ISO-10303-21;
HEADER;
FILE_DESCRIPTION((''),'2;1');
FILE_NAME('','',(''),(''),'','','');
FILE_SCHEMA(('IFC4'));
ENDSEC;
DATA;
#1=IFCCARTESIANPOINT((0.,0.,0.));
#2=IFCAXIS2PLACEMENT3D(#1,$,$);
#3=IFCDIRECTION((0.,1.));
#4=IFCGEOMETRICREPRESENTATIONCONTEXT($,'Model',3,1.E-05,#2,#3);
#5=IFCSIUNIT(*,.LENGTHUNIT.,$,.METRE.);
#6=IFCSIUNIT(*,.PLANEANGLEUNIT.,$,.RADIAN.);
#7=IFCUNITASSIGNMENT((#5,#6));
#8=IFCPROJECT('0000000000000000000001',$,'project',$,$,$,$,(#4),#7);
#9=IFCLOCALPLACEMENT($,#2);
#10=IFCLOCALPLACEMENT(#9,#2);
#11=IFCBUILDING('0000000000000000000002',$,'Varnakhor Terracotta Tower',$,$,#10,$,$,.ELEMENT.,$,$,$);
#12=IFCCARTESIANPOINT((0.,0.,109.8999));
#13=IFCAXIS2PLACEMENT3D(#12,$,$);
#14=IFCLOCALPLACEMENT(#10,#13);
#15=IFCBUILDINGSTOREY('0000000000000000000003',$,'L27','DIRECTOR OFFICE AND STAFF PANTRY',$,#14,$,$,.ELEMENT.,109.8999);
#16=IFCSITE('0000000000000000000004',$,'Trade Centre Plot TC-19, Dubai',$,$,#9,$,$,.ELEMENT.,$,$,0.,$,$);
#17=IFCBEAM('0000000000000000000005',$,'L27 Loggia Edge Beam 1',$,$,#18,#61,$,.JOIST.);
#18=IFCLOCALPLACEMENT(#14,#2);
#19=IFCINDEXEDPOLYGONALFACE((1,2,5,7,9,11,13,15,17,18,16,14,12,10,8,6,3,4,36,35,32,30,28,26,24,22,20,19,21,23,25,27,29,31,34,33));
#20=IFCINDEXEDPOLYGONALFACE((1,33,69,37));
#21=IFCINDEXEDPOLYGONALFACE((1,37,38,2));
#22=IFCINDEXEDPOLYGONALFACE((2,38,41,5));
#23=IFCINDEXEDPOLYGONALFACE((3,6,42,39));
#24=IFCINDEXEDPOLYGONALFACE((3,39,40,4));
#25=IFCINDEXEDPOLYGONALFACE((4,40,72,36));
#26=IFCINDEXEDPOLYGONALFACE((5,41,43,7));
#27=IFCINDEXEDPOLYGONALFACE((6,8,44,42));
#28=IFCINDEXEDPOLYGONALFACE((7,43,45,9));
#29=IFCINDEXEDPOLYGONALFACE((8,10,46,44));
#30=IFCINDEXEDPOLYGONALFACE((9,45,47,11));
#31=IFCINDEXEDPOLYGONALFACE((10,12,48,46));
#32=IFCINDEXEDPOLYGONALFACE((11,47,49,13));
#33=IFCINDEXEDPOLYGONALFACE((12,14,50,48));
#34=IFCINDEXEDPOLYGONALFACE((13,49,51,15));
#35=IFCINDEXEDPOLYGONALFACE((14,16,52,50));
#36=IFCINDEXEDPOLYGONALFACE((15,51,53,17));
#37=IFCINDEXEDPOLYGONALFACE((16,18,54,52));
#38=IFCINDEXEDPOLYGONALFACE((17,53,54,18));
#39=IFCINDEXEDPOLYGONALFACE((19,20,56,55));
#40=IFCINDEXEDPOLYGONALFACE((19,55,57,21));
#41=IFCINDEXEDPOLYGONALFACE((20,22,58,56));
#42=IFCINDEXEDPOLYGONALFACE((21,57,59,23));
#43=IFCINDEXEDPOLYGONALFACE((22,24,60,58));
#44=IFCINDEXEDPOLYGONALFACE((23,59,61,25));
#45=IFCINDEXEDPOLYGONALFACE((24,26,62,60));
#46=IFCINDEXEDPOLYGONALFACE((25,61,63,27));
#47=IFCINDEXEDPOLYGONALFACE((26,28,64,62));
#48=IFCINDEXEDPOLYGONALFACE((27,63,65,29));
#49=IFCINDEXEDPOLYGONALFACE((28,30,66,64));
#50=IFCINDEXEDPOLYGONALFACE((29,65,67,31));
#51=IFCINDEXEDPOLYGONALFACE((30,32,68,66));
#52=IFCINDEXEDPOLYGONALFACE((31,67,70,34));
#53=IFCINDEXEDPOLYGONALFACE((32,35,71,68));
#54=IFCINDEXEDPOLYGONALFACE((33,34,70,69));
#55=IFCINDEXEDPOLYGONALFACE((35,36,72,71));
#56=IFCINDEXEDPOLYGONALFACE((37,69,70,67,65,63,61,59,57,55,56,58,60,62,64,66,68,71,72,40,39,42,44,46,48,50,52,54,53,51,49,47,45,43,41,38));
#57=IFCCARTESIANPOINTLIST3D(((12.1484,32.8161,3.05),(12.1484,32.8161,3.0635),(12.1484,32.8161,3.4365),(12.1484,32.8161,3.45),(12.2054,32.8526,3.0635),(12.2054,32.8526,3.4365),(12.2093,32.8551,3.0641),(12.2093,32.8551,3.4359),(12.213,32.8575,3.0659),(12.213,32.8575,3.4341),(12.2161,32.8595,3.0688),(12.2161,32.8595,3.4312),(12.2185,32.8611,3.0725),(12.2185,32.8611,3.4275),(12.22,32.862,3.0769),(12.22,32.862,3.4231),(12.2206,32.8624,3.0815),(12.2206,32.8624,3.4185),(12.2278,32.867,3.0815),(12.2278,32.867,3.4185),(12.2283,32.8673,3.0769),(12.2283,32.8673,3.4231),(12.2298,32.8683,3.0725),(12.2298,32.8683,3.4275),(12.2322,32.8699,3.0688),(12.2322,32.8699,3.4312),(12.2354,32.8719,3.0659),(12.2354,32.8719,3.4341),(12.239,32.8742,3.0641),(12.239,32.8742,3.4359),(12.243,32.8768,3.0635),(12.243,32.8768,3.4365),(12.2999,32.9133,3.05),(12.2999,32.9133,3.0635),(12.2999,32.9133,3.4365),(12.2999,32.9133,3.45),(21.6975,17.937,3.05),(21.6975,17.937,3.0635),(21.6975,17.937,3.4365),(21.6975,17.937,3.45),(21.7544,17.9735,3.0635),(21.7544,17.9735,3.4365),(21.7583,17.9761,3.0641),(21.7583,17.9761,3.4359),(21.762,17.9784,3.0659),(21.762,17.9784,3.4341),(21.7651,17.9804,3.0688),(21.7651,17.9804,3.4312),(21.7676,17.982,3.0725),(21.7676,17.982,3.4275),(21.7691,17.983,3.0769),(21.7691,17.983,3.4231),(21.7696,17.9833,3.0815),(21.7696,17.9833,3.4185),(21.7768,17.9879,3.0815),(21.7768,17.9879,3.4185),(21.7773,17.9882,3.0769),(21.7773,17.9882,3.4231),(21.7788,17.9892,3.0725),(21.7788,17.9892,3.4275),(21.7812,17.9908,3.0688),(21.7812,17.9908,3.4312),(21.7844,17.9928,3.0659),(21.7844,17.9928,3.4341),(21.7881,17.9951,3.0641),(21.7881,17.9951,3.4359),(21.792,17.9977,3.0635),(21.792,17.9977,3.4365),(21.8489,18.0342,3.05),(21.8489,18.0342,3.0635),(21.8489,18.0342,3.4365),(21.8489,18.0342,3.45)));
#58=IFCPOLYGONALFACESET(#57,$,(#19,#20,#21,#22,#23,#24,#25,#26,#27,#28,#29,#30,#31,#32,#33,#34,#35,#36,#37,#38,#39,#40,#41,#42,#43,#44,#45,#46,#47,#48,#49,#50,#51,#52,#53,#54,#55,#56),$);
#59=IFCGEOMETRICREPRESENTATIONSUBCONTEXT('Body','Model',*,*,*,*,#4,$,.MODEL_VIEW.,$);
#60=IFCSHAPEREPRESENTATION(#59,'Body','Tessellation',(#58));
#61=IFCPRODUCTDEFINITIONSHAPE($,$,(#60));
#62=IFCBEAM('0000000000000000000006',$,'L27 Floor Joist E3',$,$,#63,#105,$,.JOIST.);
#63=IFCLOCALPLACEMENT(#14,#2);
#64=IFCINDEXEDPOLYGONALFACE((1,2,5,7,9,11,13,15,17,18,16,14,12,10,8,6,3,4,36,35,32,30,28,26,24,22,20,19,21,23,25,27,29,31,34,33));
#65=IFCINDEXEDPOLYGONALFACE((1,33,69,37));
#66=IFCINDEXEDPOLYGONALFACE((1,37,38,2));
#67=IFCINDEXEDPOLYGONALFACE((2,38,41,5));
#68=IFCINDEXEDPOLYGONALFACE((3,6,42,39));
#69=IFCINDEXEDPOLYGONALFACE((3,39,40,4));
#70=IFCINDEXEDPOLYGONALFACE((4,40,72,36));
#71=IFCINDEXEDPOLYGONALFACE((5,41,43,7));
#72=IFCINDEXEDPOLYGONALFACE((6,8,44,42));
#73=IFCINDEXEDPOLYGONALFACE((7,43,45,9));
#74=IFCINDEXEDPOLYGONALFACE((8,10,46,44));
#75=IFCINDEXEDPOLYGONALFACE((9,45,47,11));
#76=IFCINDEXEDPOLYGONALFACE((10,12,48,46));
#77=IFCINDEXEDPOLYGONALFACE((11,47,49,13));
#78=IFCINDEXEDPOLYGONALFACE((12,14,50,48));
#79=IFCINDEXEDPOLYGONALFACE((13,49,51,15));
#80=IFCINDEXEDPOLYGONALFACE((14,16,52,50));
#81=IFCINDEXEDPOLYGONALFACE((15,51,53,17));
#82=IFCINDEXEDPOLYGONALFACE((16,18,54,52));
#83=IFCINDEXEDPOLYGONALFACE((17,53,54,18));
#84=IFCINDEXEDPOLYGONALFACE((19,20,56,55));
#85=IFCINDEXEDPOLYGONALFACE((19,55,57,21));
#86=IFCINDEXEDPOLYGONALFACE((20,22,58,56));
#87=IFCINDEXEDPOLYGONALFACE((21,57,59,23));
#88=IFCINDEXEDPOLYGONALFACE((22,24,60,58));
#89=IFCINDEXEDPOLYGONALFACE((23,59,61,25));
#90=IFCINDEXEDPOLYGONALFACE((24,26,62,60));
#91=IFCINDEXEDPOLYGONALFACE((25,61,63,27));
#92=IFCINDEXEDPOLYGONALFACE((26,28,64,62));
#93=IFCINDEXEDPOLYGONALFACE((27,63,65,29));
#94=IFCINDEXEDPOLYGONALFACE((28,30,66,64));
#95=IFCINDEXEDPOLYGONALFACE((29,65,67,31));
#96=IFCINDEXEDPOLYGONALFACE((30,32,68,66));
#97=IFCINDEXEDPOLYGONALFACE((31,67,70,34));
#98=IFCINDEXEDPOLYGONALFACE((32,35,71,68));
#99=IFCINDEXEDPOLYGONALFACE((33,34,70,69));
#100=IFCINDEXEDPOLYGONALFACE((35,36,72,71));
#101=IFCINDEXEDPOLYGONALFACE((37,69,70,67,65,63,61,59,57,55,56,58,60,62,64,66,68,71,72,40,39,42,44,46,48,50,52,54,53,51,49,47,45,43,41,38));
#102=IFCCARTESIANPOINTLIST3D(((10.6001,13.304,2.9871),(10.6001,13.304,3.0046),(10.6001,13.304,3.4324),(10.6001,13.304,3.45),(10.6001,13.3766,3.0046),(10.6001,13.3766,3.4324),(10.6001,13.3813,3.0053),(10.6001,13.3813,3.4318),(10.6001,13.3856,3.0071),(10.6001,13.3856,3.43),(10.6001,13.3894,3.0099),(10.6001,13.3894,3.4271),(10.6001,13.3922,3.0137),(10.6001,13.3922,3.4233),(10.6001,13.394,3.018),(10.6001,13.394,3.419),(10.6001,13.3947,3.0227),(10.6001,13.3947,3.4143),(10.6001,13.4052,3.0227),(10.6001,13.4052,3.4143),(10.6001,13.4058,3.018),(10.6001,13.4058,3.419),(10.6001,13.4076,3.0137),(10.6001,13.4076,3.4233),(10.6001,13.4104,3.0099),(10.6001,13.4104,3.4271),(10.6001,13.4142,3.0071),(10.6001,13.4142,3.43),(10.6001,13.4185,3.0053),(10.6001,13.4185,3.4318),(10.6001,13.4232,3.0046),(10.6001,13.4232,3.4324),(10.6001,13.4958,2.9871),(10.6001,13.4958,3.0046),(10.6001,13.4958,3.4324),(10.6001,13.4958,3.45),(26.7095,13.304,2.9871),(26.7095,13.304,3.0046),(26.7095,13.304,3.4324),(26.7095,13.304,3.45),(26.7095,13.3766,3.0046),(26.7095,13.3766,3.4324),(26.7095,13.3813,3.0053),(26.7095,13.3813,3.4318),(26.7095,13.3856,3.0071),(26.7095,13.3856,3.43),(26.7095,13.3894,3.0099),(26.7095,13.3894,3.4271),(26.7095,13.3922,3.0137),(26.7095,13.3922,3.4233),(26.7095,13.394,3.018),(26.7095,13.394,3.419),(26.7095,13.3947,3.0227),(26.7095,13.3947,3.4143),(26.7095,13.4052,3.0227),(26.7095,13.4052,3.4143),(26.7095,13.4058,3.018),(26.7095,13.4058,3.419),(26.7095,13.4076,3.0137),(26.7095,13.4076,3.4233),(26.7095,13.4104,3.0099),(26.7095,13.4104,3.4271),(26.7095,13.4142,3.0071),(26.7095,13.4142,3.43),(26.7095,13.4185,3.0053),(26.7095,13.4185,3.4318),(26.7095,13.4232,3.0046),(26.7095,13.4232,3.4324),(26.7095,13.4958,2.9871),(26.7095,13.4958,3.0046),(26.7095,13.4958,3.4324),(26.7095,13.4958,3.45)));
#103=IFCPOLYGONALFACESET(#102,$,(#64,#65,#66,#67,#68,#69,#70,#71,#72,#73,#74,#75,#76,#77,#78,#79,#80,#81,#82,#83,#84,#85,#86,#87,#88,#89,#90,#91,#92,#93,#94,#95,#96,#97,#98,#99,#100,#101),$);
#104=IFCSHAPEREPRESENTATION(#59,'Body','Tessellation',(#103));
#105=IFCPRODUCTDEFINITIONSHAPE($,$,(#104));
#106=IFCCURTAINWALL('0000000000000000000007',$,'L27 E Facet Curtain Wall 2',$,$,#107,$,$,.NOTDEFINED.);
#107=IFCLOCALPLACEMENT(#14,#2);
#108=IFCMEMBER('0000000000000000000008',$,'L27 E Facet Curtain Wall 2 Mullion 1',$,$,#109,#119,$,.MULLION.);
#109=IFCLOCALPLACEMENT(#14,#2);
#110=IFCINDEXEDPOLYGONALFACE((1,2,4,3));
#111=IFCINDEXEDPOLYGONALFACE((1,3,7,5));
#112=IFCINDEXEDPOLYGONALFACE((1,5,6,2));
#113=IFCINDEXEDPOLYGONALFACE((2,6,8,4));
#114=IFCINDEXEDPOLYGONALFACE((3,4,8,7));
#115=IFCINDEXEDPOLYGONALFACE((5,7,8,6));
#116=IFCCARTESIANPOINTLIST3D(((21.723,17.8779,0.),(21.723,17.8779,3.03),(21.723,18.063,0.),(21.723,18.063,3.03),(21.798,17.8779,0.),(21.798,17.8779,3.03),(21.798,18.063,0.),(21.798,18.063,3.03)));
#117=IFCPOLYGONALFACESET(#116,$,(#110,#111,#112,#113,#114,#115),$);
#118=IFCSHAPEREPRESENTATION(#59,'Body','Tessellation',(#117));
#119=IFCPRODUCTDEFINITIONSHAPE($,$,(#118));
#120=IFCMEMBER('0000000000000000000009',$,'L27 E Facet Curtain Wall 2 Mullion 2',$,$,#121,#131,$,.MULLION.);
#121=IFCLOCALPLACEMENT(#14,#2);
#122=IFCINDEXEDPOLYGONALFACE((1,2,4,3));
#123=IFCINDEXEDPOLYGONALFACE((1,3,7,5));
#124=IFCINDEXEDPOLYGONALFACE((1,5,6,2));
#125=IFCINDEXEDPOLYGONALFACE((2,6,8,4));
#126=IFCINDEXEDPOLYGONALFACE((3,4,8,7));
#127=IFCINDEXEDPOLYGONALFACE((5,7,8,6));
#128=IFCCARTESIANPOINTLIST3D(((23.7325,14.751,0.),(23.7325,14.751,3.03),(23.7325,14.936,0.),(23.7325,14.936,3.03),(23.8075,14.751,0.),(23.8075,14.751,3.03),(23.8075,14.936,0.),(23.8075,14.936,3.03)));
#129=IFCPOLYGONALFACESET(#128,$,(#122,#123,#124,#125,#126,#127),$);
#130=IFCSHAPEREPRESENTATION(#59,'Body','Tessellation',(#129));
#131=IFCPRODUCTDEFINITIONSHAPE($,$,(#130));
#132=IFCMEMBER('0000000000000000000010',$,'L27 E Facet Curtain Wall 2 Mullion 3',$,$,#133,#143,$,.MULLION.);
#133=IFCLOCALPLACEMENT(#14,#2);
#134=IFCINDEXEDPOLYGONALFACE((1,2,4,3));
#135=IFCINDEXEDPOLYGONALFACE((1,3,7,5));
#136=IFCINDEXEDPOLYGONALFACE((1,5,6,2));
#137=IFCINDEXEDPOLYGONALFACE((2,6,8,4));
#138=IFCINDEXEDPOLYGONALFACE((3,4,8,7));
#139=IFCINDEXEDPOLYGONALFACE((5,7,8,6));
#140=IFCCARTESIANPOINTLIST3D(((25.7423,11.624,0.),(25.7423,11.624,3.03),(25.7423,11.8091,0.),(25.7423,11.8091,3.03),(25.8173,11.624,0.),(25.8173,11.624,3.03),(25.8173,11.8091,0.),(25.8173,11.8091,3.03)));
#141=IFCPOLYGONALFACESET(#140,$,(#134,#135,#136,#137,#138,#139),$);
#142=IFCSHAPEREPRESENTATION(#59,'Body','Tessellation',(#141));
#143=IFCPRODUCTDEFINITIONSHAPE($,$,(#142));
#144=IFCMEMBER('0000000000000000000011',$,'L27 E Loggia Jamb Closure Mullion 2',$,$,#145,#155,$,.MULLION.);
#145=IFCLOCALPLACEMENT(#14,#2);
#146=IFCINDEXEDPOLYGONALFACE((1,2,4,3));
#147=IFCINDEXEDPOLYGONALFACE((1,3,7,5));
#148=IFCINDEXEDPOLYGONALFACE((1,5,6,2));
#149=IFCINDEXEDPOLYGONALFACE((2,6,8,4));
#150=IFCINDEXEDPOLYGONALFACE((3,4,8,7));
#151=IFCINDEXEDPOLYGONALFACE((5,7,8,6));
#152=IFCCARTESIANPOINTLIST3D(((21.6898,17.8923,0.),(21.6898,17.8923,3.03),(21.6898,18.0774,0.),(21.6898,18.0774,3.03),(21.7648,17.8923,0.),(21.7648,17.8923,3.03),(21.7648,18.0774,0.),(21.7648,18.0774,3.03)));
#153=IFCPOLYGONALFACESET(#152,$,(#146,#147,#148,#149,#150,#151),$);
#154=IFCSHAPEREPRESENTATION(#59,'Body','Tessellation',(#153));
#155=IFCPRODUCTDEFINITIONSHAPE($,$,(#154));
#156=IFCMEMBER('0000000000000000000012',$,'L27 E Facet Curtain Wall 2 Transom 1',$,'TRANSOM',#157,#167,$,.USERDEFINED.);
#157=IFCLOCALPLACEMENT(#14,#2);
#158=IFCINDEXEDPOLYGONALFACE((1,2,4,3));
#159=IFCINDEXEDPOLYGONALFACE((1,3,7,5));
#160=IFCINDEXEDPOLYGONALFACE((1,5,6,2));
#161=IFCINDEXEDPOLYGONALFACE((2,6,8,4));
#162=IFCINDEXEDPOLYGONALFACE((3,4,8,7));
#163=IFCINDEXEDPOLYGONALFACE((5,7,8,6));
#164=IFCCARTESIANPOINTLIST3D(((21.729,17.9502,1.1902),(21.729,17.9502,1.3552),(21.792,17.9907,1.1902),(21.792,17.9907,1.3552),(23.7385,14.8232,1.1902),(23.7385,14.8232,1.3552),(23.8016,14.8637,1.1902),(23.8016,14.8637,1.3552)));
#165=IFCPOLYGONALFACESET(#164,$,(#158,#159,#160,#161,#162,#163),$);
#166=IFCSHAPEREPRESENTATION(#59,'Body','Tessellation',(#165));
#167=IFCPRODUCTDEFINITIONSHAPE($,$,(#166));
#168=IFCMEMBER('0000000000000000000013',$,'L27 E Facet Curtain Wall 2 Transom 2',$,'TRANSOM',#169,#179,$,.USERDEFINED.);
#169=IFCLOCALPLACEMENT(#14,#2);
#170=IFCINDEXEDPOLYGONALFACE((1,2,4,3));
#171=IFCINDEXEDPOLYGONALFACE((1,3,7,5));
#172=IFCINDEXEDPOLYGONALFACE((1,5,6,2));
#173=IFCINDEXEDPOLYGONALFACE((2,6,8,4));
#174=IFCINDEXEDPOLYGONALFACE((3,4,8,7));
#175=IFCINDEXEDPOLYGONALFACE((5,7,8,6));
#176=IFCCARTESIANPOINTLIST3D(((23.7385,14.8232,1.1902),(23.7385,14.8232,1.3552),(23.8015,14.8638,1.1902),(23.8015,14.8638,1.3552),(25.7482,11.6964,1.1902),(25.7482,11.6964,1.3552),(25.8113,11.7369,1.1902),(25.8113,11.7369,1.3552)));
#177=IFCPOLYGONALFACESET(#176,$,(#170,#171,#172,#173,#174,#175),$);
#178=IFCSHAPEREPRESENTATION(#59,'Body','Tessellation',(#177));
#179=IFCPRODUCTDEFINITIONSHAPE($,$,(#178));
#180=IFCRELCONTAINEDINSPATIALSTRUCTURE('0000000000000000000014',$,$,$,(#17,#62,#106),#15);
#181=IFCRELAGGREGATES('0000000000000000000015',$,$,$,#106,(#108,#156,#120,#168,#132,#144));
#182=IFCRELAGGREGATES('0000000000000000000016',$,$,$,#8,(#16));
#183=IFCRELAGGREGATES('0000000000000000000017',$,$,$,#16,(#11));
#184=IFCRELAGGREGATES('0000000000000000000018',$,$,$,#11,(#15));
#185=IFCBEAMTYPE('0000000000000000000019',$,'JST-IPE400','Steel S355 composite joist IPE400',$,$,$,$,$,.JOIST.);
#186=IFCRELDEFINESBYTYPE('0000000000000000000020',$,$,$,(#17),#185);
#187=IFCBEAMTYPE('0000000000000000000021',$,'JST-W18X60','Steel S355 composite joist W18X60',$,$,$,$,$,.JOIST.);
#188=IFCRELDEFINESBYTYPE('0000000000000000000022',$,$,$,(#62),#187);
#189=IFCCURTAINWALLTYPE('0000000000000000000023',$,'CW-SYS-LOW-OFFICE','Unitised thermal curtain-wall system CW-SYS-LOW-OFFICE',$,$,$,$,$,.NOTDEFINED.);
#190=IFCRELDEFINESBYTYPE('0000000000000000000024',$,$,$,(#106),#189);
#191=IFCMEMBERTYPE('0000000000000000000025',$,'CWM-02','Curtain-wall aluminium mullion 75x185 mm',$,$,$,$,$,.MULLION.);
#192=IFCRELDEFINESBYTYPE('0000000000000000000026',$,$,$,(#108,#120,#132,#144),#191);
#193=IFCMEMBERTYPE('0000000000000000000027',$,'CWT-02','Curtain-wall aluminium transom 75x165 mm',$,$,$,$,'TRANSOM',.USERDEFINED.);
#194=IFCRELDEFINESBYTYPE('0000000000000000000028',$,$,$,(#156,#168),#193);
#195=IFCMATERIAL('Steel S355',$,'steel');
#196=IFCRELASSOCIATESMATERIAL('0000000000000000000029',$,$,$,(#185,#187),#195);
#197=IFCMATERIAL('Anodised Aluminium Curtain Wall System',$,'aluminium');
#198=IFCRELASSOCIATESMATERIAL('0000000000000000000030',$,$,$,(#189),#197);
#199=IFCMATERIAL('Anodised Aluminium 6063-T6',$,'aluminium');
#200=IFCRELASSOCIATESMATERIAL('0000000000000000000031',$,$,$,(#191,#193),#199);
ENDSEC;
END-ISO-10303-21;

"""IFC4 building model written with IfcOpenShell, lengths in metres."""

from ifc_helpers import new_model, si_unit, direction, frame, origin, origin_2d, place, context, subcontext, project, spatial, rectangle, i_section, extrude, source, transform, mapped, material, material_profile, profile_set, type_object, type_shapes, element, aggregate, save


model = new_model("IFC4")

# Units and contexts
model_context = context("Model", 3, precision=1e-05, world=origin(), true_north=direction((0.0, 1.0)))
body_context = subcontext(model_context, "Body", "Model", "MODEL_VIEW")
ifc_project = project(units=[si_unit("LENGTHUNIT", "METRE"), si_unit("PLANEANGLEUNIT", "RADIAN")], contexts=[model_context])

# Site, building, storey
site_placement = place(None, origin())
site = spatial("IfcSite", under=ifc_project, at=site_placement, Name="Trade Centre Plot TC-19, Dubai", CompositionType="ELEMENT", RefElevation=0.0)
building_placement = place(site_placement, origin())
building = spatial("IfcBuilding", under=site, at=building_placement, Name="Varnakhor Terracotta Tower", CompositionType="ELEMENT")
storey_placement = place(building_placement, frame((0.0, 0.0, 109.8999)))
storey = spatial("IfcBuildingStorey", under=building, at=storey_placement, Name="L27", Description="DIRECTOR OFFICE AND STAFF PANTRY", CompositionType="ELEMENT", Elevation=109.8999)

# Beams
ifc_material_1 = material(Name="Steel S355", Category="steel")
ifc_material_profile_1 = material_profile(ifc_material_1, i_section(OverallWidth=0.1799, OverallDepth=0.3999, WebThickness=0.0085, FlangeThickness=0.0134, FilletRadius=0.0181, at=origin_2d()), Name="IPE400")
ifc_profile_set_1 = profile_set([ifc_material_profile_1], Name="Steel S355")
beam_type_1 = type_object("IfcBeamType", Name="JST-IPE400", Description="Steel S355 composite joist IPE400", PredefinedType="JOIST", material=ifc_profile_set_1)
shared_shape_1 = source(origin(), body_context, "Body", "SweptSolid", [
    extrude(i_section(OverallWidth=0.1799, OverallDepth=0.3999, WebThickness=0.0085, FlangeThickness=0.0134, FilletRadius=0.0181, at=origin_2d()), origin(), (0.0, 0.0, 1.0), 17.6797),
])
beam_1_placement = place(storey_placement, frame((21.7732, 17.9856, 3.25), z_axis=(-0.540113, 0.841592, 0.0), x_axis=(-0.841592, -0.540113, 0.0)))
element("IfcBeam", 1, at=beam_1_placement, inside=storey, type_object=beam_type_1, Name="L27 Loggia Edge Beam 1", PredefinedType="JOIST", context=body_context, shape_type="MappedRepresentation", body=[
    mapped(shared_shape_1, transform((0.0, 0.0, 0.0), scale=1.0)),
])
ifc_material_profile_2 = material_profile(ifc_material_1, i_section(OverallWidth=0.1919, OverallDepth=0.4629, WebThickness=0.0105, FlangeThickness=0.0176, FilletRadius=0.0181, at=origin_2d()), Name="W18X60")
ifc_profile_set_2 = profile_set([ifc_material_profile_2], Name="Steel S355")
beam_type_2 = type_object("IfcBeamType", Name="JST-W18X60", Description="Steel S355 composite joist W18X60", PredefinedType="JOIST", material=ifc_profile_set_2)
shared_shape_2 = source(origin(), body_context, "Body", "SweptSolid", [
    extrude(i_section(OverallWidth=0.1919, OverallDepth=0.4629, WebThickness=0.0105, FlangeThickness=0.0176, FilletRadius=0.0181, at=origin_2d()), origin(), (0.0, 0.0, 1.0), 16.1094),
])
beam_2_placement = place(storey_placement, frame((10.6001, 13.3999, 3.2185), z_axis=(1.0, 0.0, 0.0), x_axis=(0.0, 1.0, 0.0)))
element("IfcBeam", 2, at=beam_2_placement, inside=storey, type_object=beam_type_2, Name="L27 Floor Joist E3", PredefinedType="JOIST", context=body_context, shape_type="MappedRepresentation", body=[
    mapped(shared_shape_2, transform((0.0, 0.0, 0.0), scale=1.0)),
])

# Curtain wall, members
ifc_material_2 = material(Name="Anodised Aluminium Curtain Wall System", Category="aluminium")
curtain_wall_type = type_object("IfcCurtainWallType", Name="CW-SYS-LOW-OFFICE", Description="Unitised thermal curtain-wall system CW-SYS-LOW-OFFICE", PredefinedType="NOTDEFINED", material=ifc_material_2)
curtain_wall_placement = place(storey_placement, origin())
curtain_wall = element("IfcCurtainWall", 3, at=curtain_wall_placement, inside=storey, type_object=curtain_wall_type, Name="L27 E Facet Curtain Wall 2", PredefinedType="NOTDEFINED")
ifc_material_3 = material(Name="Anodised Aluminium 6063-T6", Category="aluminium")
ifc_material_profile_3 = material_profile(ifc_material_3, rectangle(XDim=0.075, YDim=0.1851, at=origin_2d()), Name="ALU MULLION 75x185")
ifc_profile_set_3 = profile_set([ifc_material_profile_3], Name="Anodised Aluminium 6063-T6")
member_type_1 = type_object("IfcMemberType", Name="CWM-02", Description="Curtain-wall aluminium mullion 75x185 mm", PredefinedType="MULLION", material=ifc_profile_set_3)
shared_shape_3 = source(origin(), body_context, "Body", "SweptSolid", [
    extrude(rectangle(XDim=0.075, YDim=0.1851, at=origin_2d()), origin(), (0.0, 0.0, 1.0), 3.03),
])
type_shapes(member_type_1, [shared_shape_3])
member_1_placement = place(storey_placement, frame((21.7605, 17.9705, 0.0), z_axis=(0.0, 0.0, 1.0), x_axis=(1.0, 0.0, 0.0)))
member_1 = element("IfcMember", 4, at=member_1_placement, type_object=member_type_1, Name="L27 E Facet Curtain Wall 2 Mullion 1", PredefinedType="MULLION", context=body_context, shape_type="MappedRepresentation", body=[
    mapped(shared_shape_3, transform((0.0, 0.0, 0.0), scale=1.0)),
])
member_2_placement = place(storey_placement, frame((23.77, 14.8435, 0.0), z_axis=(0.0, 0.0, 1.0), x_axis=(1.0, 0.0, 0.0)))
member_2 = element("IfcMember", 5, at=member_2_placement, type_object=member_type_1, Name="L27 E Facet Curtain Wall 2 Mullion 2", PredefinedType="MULLION", context=body_context, shape_type="MappedRepresentation", body=[
    mapped(shared_shape_3, transform((0.0, 0.0, 0.0), scale=1.0)),
])
member_3_placement = place(storey_placement, frame((25.7798, 11.7166, 0.0), z_axis=(0.0, 0.0, 1.0), x_axis=(1.0, 0.0, 0.0)))
member_3 = element("IfcMember", 6, at=member_3_placement, type_object=member_type_1, Name="L27 E Facet Curtain Wall 2 Mullion 3", PredefinedType="MULLION", context=body_context, shape_type="MappedRepresentation", body=[
    mapped(shared_shape_3, transform((0.0, 0.0, 0.0), scale=1.0)),
])
member_4_placement = place(storey_placement, frame((21.7273, 17.9849, 0.0), z_axis=(0.0, 0.0, 1.0), x_axis=(1.0, 0.0, 0.0)))
member_4 = element("IfcMember", 7, at=member_4_placement, type_object=member_type_1, Name="L27 E Loggia Jamb Closure Mullion 2", PredefinedType="MULLION", context=body_context, shape_type="MappedRepresentation", body=[
    mapped(shared_shape_3, transform((0.0, 0.0, 0.0), scale=1.0)),
])
ifc_material_profile_4 = material_profile(ifc_material_3, rectangle(XDim=0.075, YDim=0.165, at=origin_2d()), Name="ALU TRANSOM 75x165")
ifc_profile_set_4 = profile_set([ifc_material_profile_4], Name="Anodised Aluminium 6063-T6")
member_type_2 = type_object("IfcMemberType", Name="CWT-02", Description="Curtain-wall aluminium transom 75x165 mm", ElementType="TRANSOM", PredefinedType="USERDEFINED", material=ifc_profile_set_4)
shared_shape_4 = source(origin(), body_context, "Body", "SweptSolid", [
    extrude(rectangle(XDim=0.075, YDim=0.165, at=origin_2d()), origin(), (0.0, 0.0, 1.0), 3.717),
])
member_5_placement = place(storey_placement, frame((21.7605, 17.9705, 1.2727), z_axis=(0.540631, -0.84126, 0.0), x_axis=(0.84126, 0.540631, 0.0)))
member_5 = element("IfcMember", 8, at=member_5_placement, type_object=member_type_2, Name="L27 E Facet Curtain Wall 2 Transom 1", ObjectType="TRANSOM", PredefinedType="USERDEFINED", context=body_context, shape_type="MappedRepresentation", body=[
    mapped(shared_shape_4, transform((0.0, 0.0, 0.0), scale=1.0)),
])
member_6_placement = place(storey_placement, frame((23.77, 14.8435, 1.2727), z_axis=(0.540678, -0.84123, 0.0), x_axis=(0.84123, 0.540678, 0.0)))
member_6 = element("IfcMember", 9, at=member_6_placement, type_object=member_type_2, Name="L27 E Facet Curtain Wall 2 Transom 2", ObjectType="TRANSOM", PredefinedType="USERDEFINED", context=body_context, shape_type="MappedRepresentation", body=[
    mapped(shared_shape_4, transform((0.0, 0.0, 0.0), scale=1.0)),
])

aggregate(curtain_wall, [member_1, member_5, member_2, member_6, member_3, member_4])

save(model, "model.ifc")
